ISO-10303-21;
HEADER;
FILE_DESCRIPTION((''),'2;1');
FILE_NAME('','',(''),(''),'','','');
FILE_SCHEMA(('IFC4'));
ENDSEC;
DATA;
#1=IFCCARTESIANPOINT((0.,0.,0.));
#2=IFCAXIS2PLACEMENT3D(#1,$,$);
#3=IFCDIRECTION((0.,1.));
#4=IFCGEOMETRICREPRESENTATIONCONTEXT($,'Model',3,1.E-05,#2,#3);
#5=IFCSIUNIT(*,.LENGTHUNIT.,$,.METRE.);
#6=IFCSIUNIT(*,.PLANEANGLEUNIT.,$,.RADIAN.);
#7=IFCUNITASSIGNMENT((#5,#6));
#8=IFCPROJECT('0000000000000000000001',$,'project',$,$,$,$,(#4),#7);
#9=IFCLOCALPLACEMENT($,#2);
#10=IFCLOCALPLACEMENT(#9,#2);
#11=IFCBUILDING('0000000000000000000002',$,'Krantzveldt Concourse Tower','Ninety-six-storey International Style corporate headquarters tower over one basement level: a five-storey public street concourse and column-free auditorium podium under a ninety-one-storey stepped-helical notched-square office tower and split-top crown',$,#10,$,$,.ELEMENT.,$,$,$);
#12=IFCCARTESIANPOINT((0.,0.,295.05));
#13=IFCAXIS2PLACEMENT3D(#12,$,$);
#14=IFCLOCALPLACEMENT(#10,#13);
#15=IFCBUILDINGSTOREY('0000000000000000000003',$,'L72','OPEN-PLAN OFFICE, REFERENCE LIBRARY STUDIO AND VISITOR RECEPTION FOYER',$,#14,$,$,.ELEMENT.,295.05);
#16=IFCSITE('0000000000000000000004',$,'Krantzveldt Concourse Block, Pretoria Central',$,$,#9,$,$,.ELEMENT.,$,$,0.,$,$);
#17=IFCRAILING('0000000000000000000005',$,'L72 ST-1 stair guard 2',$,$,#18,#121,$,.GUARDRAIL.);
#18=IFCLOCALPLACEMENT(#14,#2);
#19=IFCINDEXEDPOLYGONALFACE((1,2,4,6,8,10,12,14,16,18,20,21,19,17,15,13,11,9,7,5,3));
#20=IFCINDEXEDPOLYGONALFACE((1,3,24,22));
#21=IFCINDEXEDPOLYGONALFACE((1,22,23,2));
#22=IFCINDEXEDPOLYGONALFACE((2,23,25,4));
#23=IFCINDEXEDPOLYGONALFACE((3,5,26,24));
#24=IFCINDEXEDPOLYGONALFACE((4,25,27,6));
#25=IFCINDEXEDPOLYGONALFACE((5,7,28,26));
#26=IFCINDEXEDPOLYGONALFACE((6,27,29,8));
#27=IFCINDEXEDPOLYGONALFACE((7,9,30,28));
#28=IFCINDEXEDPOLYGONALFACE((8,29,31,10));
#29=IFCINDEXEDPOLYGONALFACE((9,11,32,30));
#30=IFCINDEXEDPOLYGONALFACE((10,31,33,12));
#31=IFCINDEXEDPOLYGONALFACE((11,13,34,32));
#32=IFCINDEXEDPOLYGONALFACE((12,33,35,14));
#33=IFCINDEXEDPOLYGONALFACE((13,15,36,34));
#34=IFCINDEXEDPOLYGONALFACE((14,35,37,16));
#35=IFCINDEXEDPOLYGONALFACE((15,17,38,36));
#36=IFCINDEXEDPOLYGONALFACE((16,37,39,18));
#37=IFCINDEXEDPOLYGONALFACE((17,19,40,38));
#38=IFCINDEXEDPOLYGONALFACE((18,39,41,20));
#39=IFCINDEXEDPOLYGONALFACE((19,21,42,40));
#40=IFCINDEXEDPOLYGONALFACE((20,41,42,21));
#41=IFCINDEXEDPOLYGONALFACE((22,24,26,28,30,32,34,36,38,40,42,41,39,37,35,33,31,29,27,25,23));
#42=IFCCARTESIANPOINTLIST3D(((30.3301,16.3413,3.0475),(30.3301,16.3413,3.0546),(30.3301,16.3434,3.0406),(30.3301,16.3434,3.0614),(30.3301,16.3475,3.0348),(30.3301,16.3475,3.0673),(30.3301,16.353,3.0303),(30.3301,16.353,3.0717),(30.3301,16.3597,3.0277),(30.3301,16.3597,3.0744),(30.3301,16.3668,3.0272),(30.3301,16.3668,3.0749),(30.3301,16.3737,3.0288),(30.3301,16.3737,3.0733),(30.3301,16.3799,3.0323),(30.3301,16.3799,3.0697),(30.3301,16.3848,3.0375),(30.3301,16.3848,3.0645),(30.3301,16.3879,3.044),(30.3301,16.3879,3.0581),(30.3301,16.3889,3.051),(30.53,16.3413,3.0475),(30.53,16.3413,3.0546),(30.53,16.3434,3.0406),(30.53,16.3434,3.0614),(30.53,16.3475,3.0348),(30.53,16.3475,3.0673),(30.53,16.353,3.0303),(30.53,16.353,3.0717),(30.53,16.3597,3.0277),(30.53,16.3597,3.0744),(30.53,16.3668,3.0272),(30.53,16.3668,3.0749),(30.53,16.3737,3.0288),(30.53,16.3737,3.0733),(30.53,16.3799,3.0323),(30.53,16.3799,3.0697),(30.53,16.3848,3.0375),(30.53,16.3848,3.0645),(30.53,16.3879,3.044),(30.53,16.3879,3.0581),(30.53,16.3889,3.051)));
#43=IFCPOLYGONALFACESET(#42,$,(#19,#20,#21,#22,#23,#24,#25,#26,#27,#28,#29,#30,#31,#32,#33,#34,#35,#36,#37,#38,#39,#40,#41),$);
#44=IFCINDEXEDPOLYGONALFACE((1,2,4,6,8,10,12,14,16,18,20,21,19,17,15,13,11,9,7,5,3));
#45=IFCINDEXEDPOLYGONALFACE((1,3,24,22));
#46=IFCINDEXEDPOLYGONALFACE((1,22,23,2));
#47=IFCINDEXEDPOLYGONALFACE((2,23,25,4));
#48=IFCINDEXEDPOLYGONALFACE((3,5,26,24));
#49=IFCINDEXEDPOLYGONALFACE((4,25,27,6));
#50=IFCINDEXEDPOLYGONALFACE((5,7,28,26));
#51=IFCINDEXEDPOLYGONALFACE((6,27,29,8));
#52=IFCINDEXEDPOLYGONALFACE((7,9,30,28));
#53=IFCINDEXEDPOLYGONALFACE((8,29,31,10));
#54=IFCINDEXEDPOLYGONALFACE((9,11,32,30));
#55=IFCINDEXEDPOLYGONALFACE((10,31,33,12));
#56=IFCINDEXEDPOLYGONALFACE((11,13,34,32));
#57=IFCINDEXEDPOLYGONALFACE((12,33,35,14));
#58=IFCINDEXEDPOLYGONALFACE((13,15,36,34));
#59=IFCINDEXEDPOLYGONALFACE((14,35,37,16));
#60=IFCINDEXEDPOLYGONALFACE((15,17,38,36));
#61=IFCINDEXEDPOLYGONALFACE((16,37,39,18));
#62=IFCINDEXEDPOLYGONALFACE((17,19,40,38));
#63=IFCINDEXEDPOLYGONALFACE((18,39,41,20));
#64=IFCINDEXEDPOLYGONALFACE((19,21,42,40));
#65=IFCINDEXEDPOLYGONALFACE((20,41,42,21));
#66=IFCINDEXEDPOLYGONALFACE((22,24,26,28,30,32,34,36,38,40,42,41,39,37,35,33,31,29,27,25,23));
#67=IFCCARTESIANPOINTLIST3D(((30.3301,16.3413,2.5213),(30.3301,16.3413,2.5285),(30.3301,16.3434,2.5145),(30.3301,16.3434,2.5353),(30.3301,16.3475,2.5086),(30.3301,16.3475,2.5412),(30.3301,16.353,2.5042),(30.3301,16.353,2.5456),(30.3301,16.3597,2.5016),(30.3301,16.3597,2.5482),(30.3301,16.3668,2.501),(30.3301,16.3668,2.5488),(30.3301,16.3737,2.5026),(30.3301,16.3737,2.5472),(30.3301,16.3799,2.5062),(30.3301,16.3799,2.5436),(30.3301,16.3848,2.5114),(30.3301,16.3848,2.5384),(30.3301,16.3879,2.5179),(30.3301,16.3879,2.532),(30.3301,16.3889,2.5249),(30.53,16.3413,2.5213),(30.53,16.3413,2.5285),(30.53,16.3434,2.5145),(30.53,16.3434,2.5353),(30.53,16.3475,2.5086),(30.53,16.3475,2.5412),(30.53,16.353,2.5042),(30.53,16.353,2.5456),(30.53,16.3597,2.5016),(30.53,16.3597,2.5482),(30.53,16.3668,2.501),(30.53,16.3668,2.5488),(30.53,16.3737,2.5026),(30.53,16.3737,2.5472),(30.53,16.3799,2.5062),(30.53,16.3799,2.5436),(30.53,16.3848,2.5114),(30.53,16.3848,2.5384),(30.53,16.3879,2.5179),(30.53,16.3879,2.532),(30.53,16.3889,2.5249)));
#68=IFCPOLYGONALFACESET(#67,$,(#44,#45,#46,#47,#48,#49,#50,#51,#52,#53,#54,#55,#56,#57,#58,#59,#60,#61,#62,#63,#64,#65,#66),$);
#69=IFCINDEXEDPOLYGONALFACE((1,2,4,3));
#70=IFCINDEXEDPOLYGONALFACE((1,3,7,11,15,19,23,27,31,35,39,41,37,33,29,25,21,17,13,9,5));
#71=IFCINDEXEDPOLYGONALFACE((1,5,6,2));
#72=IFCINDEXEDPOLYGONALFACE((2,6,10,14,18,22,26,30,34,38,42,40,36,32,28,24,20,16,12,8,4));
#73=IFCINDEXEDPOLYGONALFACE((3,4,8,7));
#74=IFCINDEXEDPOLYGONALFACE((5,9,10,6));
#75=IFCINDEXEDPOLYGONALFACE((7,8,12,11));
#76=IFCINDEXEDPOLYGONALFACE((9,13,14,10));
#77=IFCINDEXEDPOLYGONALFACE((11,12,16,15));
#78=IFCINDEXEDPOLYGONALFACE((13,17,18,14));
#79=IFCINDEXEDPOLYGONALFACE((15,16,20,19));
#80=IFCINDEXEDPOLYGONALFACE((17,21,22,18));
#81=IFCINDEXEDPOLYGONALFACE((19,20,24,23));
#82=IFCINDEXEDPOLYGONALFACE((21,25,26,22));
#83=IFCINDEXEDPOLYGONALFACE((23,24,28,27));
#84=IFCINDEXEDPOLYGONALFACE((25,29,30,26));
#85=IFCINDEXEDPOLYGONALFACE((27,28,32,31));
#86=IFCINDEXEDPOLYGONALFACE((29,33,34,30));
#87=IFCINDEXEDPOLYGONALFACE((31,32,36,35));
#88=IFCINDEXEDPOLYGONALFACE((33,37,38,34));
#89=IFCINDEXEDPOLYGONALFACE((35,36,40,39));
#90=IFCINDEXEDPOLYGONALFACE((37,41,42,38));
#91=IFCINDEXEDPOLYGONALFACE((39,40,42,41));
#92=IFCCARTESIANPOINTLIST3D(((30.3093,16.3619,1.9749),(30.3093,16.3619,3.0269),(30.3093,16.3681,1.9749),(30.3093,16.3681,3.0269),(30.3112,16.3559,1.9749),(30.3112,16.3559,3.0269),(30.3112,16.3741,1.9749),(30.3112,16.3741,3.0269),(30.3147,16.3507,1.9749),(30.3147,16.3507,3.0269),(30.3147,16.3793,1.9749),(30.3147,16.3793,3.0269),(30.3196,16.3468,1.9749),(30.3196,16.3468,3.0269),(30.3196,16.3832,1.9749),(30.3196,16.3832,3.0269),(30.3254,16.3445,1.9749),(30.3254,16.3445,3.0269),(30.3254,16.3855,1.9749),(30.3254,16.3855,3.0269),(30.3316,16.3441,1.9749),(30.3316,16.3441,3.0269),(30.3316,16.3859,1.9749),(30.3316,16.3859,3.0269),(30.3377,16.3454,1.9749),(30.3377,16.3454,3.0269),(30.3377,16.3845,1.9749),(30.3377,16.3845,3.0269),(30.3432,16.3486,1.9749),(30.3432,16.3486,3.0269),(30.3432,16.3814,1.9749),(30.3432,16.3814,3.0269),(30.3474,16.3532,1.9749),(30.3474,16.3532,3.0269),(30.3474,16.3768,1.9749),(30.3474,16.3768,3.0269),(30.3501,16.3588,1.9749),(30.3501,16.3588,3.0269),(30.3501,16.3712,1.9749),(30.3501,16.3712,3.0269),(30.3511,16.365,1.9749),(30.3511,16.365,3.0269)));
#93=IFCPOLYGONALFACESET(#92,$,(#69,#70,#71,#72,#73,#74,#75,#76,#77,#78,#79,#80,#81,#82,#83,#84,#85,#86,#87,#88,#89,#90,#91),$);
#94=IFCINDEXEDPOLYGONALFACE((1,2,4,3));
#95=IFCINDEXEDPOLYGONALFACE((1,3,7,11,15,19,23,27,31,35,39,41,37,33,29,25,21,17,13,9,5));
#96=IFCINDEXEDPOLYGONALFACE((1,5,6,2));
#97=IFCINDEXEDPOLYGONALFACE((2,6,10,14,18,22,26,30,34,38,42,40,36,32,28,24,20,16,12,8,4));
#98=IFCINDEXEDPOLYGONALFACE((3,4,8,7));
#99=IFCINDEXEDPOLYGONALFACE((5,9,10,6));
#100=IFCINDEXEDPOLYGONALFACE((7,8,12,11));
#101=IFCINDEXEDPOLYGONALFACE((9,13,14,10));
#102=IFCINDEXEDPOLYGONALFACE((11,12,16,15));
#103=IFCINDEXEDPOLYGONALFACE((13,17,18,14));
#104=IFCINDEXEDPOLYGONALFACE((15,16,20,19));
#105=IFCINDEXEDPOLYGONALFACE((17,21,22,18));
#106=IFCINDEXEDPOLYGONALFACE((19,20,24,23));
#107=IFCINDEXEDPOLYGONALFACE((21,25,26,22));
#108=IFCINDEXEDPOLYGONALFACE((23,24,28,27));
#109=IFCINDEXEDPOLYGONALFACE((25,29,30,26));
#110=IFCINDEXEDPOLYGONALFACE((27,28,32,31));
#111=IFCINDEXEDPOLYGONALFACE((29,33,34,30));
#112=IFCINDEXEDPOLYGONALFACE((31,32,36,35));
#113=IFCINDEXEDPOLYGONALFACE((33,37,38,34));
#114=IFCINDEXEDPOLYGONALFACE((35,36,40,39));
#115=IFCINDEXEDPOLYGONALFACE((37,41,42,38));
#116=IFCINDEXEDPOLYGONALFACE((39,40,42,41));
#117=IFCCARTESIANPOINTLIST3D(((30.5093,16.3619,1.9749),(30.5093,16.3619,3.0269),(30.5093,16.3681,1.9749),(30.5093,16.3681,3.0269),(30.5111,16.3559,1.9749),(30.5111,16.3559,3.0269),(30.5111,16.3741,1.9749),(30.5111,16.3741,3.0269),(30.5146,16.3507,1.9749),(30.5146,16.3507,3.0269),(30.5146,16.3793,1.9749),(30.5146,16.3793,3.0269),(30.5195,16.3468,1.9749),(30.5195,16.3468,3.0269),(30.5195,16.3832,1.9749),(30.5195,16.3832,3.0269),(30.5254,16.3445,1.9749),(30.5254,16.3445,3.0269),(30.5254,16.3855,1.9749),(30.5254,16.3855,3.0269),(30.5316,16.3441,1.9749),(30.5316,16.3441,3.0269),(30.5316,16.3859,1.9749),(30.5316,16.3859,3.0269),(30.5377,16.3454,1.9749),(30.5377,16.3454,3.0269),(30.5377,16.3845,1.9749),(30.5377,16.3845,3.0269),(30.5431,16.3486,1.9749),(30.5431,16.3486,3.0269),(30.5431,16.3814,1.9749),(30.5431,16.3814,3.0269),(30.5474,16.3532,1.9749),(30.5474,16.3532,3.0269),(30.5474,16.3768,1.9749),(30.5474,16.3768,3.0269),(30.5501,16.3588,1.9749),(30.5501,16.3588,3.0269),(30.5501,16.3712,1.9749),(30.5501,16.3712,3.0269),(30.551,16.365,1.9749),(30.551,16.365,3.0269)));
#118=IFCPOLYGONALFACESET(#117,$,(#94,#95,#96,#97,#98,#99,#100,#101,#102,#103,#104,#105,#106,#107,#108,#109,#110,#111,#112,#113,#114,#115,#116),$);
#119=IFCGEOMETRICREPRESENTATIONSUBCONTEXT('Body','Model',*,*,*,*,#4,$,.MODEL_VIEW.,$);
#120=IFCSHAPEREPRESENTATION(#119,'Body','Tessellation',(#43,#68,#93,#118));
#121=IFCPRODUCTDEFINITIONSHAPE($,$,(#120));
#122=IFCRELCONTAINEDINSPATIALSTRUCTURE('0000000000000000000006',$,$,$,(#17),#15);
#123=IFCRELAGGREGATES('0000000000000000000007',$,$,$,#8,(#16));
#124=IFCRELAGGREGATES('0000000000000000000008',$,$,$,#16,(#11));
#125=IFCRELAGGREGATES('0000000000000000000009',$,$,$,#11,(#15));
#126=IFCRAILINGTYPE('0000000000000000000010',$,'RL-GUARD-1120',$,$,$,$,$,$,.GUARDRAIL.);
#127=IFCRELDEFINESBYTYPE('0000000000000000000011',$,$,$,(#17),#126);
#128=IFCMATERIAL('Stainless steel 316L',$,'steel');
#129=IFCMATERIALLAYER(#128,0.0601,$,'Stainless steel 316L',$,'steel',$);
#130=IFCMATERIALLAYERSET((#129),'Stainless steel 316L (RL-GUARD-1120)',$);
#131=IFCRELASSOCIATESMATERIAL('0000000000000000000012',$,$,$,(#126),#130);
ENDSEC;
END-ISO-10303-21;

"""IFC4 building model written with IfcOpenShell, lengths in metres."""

from ifc_helpers import new_model, si_unit, direction, frame, origin, origin_2d, place, context, subcontext, project, spatial, circle, extrude, material, layer, layer_set, type_object, element, save


model = new_model("IFC4")

# Units and contexts
model_context = context("Model", 3, precision=1e-05, world=origin(), true_north=direction((0.0, 1.0)))
body_context = subcontext(model_context, "Body", "Model", "MODEL_VIEW")
ifc_project = project(units=[si_unit("LENGTHUNIT", "METRE"), si_unit("PLANEANGLEUNIT", "RADIAN")], contexts=[model_context])

# Site, building, storey
site_placement = place(None, origin())
site = spatial("IfcSite", under=ifc_project, at=site_placement, Name="Krantzveldt Concourse Block, Pretoria Central", CompositionType="ELEMENT", RefElevation=0.0)
building_placement = place(site_placement, origin())
building = spatial("IfcBuilding", under=site, at=building_placement, Name="Krantzveldt Concourse Tower", Description="Ninety-six-storey International Style corporate headquarters tower over one basement level: a five-storey public street concourse and column-free auditorium podium under a ninety-one-storey stepped-helical notched-square office tower and split-top crown", CompositionType="ELEMENT")
storey_placement = place(building_placement, frame((0.0, 0.0, 295.05)))
storey = spatial("IfcBuildingStorey", under=building, at=storey_placement, Name="L72", Description="OPEN-PLAN OFFICE, REFERENCE LIBRARY STUDIO AND VISITOR RECEPTION FOYER", CompositionType="ELEMENT", Elevation=295.05)

# Shared definitions
ifc_material_1 = material(Name="Stainless steel 316L", Category="steel")

# Railing
ifc_layer_1 = layer(ifc_material_1, 0.0601, Name="Stainless steel 316L", Category="steel")
ifc_layer_set_1 = layer_set([ifc_layer_1], Name="Stainless steel 316L (RL-GUARD-1120)")
railing_type_1 = type_object("IfcRailingType", Name="RL-GUARD-1120", PredefinedType="GUARDRAIL", material=ifc_layer_set_1)
railing_1_placement = place(storey_placement, frame((30.3301, 16.365, 1.9749)))
element("IfcRailing", 1, at=railing_1_placement, inside=storey, type_object=railing_type_1, Name="L72 ST-1 stair guard 2", PredefinedType="GUARDRAIL", context=body_context, shape_type="SweptSolid", body=[
    extrude(circle(Radius=0.0239, at=origin_2d()), frame((0.0, 0.0, 1.0762), z_axis=(1.0, 0.0, 0.0), x_axis=(0.0, 1.0, 0.0)), (0.0, 0.0, 1.0), 0.2),
    extrude(circle(Radius=0.0239, at=origin_2d()), frame((0.0, 0.0, 0.55), z_axis=(1.0, 0.0, 0.0), x_axis=(0.0, 1.0, 0.0)), (0.0, 0.0, 1.0), 0.2),
    extrude(circle(Radius=0.021, at=origin_2d()), origin(), (0.0, 0.0, 1.0), 1.052),
    extrude(circle(Radius=0.021, at=origin_2d()), frame((0.2, 0.0, 0.0)), (0.0, 0.0, 1.0), 1.052),
])

save(model, "model.ifc")
